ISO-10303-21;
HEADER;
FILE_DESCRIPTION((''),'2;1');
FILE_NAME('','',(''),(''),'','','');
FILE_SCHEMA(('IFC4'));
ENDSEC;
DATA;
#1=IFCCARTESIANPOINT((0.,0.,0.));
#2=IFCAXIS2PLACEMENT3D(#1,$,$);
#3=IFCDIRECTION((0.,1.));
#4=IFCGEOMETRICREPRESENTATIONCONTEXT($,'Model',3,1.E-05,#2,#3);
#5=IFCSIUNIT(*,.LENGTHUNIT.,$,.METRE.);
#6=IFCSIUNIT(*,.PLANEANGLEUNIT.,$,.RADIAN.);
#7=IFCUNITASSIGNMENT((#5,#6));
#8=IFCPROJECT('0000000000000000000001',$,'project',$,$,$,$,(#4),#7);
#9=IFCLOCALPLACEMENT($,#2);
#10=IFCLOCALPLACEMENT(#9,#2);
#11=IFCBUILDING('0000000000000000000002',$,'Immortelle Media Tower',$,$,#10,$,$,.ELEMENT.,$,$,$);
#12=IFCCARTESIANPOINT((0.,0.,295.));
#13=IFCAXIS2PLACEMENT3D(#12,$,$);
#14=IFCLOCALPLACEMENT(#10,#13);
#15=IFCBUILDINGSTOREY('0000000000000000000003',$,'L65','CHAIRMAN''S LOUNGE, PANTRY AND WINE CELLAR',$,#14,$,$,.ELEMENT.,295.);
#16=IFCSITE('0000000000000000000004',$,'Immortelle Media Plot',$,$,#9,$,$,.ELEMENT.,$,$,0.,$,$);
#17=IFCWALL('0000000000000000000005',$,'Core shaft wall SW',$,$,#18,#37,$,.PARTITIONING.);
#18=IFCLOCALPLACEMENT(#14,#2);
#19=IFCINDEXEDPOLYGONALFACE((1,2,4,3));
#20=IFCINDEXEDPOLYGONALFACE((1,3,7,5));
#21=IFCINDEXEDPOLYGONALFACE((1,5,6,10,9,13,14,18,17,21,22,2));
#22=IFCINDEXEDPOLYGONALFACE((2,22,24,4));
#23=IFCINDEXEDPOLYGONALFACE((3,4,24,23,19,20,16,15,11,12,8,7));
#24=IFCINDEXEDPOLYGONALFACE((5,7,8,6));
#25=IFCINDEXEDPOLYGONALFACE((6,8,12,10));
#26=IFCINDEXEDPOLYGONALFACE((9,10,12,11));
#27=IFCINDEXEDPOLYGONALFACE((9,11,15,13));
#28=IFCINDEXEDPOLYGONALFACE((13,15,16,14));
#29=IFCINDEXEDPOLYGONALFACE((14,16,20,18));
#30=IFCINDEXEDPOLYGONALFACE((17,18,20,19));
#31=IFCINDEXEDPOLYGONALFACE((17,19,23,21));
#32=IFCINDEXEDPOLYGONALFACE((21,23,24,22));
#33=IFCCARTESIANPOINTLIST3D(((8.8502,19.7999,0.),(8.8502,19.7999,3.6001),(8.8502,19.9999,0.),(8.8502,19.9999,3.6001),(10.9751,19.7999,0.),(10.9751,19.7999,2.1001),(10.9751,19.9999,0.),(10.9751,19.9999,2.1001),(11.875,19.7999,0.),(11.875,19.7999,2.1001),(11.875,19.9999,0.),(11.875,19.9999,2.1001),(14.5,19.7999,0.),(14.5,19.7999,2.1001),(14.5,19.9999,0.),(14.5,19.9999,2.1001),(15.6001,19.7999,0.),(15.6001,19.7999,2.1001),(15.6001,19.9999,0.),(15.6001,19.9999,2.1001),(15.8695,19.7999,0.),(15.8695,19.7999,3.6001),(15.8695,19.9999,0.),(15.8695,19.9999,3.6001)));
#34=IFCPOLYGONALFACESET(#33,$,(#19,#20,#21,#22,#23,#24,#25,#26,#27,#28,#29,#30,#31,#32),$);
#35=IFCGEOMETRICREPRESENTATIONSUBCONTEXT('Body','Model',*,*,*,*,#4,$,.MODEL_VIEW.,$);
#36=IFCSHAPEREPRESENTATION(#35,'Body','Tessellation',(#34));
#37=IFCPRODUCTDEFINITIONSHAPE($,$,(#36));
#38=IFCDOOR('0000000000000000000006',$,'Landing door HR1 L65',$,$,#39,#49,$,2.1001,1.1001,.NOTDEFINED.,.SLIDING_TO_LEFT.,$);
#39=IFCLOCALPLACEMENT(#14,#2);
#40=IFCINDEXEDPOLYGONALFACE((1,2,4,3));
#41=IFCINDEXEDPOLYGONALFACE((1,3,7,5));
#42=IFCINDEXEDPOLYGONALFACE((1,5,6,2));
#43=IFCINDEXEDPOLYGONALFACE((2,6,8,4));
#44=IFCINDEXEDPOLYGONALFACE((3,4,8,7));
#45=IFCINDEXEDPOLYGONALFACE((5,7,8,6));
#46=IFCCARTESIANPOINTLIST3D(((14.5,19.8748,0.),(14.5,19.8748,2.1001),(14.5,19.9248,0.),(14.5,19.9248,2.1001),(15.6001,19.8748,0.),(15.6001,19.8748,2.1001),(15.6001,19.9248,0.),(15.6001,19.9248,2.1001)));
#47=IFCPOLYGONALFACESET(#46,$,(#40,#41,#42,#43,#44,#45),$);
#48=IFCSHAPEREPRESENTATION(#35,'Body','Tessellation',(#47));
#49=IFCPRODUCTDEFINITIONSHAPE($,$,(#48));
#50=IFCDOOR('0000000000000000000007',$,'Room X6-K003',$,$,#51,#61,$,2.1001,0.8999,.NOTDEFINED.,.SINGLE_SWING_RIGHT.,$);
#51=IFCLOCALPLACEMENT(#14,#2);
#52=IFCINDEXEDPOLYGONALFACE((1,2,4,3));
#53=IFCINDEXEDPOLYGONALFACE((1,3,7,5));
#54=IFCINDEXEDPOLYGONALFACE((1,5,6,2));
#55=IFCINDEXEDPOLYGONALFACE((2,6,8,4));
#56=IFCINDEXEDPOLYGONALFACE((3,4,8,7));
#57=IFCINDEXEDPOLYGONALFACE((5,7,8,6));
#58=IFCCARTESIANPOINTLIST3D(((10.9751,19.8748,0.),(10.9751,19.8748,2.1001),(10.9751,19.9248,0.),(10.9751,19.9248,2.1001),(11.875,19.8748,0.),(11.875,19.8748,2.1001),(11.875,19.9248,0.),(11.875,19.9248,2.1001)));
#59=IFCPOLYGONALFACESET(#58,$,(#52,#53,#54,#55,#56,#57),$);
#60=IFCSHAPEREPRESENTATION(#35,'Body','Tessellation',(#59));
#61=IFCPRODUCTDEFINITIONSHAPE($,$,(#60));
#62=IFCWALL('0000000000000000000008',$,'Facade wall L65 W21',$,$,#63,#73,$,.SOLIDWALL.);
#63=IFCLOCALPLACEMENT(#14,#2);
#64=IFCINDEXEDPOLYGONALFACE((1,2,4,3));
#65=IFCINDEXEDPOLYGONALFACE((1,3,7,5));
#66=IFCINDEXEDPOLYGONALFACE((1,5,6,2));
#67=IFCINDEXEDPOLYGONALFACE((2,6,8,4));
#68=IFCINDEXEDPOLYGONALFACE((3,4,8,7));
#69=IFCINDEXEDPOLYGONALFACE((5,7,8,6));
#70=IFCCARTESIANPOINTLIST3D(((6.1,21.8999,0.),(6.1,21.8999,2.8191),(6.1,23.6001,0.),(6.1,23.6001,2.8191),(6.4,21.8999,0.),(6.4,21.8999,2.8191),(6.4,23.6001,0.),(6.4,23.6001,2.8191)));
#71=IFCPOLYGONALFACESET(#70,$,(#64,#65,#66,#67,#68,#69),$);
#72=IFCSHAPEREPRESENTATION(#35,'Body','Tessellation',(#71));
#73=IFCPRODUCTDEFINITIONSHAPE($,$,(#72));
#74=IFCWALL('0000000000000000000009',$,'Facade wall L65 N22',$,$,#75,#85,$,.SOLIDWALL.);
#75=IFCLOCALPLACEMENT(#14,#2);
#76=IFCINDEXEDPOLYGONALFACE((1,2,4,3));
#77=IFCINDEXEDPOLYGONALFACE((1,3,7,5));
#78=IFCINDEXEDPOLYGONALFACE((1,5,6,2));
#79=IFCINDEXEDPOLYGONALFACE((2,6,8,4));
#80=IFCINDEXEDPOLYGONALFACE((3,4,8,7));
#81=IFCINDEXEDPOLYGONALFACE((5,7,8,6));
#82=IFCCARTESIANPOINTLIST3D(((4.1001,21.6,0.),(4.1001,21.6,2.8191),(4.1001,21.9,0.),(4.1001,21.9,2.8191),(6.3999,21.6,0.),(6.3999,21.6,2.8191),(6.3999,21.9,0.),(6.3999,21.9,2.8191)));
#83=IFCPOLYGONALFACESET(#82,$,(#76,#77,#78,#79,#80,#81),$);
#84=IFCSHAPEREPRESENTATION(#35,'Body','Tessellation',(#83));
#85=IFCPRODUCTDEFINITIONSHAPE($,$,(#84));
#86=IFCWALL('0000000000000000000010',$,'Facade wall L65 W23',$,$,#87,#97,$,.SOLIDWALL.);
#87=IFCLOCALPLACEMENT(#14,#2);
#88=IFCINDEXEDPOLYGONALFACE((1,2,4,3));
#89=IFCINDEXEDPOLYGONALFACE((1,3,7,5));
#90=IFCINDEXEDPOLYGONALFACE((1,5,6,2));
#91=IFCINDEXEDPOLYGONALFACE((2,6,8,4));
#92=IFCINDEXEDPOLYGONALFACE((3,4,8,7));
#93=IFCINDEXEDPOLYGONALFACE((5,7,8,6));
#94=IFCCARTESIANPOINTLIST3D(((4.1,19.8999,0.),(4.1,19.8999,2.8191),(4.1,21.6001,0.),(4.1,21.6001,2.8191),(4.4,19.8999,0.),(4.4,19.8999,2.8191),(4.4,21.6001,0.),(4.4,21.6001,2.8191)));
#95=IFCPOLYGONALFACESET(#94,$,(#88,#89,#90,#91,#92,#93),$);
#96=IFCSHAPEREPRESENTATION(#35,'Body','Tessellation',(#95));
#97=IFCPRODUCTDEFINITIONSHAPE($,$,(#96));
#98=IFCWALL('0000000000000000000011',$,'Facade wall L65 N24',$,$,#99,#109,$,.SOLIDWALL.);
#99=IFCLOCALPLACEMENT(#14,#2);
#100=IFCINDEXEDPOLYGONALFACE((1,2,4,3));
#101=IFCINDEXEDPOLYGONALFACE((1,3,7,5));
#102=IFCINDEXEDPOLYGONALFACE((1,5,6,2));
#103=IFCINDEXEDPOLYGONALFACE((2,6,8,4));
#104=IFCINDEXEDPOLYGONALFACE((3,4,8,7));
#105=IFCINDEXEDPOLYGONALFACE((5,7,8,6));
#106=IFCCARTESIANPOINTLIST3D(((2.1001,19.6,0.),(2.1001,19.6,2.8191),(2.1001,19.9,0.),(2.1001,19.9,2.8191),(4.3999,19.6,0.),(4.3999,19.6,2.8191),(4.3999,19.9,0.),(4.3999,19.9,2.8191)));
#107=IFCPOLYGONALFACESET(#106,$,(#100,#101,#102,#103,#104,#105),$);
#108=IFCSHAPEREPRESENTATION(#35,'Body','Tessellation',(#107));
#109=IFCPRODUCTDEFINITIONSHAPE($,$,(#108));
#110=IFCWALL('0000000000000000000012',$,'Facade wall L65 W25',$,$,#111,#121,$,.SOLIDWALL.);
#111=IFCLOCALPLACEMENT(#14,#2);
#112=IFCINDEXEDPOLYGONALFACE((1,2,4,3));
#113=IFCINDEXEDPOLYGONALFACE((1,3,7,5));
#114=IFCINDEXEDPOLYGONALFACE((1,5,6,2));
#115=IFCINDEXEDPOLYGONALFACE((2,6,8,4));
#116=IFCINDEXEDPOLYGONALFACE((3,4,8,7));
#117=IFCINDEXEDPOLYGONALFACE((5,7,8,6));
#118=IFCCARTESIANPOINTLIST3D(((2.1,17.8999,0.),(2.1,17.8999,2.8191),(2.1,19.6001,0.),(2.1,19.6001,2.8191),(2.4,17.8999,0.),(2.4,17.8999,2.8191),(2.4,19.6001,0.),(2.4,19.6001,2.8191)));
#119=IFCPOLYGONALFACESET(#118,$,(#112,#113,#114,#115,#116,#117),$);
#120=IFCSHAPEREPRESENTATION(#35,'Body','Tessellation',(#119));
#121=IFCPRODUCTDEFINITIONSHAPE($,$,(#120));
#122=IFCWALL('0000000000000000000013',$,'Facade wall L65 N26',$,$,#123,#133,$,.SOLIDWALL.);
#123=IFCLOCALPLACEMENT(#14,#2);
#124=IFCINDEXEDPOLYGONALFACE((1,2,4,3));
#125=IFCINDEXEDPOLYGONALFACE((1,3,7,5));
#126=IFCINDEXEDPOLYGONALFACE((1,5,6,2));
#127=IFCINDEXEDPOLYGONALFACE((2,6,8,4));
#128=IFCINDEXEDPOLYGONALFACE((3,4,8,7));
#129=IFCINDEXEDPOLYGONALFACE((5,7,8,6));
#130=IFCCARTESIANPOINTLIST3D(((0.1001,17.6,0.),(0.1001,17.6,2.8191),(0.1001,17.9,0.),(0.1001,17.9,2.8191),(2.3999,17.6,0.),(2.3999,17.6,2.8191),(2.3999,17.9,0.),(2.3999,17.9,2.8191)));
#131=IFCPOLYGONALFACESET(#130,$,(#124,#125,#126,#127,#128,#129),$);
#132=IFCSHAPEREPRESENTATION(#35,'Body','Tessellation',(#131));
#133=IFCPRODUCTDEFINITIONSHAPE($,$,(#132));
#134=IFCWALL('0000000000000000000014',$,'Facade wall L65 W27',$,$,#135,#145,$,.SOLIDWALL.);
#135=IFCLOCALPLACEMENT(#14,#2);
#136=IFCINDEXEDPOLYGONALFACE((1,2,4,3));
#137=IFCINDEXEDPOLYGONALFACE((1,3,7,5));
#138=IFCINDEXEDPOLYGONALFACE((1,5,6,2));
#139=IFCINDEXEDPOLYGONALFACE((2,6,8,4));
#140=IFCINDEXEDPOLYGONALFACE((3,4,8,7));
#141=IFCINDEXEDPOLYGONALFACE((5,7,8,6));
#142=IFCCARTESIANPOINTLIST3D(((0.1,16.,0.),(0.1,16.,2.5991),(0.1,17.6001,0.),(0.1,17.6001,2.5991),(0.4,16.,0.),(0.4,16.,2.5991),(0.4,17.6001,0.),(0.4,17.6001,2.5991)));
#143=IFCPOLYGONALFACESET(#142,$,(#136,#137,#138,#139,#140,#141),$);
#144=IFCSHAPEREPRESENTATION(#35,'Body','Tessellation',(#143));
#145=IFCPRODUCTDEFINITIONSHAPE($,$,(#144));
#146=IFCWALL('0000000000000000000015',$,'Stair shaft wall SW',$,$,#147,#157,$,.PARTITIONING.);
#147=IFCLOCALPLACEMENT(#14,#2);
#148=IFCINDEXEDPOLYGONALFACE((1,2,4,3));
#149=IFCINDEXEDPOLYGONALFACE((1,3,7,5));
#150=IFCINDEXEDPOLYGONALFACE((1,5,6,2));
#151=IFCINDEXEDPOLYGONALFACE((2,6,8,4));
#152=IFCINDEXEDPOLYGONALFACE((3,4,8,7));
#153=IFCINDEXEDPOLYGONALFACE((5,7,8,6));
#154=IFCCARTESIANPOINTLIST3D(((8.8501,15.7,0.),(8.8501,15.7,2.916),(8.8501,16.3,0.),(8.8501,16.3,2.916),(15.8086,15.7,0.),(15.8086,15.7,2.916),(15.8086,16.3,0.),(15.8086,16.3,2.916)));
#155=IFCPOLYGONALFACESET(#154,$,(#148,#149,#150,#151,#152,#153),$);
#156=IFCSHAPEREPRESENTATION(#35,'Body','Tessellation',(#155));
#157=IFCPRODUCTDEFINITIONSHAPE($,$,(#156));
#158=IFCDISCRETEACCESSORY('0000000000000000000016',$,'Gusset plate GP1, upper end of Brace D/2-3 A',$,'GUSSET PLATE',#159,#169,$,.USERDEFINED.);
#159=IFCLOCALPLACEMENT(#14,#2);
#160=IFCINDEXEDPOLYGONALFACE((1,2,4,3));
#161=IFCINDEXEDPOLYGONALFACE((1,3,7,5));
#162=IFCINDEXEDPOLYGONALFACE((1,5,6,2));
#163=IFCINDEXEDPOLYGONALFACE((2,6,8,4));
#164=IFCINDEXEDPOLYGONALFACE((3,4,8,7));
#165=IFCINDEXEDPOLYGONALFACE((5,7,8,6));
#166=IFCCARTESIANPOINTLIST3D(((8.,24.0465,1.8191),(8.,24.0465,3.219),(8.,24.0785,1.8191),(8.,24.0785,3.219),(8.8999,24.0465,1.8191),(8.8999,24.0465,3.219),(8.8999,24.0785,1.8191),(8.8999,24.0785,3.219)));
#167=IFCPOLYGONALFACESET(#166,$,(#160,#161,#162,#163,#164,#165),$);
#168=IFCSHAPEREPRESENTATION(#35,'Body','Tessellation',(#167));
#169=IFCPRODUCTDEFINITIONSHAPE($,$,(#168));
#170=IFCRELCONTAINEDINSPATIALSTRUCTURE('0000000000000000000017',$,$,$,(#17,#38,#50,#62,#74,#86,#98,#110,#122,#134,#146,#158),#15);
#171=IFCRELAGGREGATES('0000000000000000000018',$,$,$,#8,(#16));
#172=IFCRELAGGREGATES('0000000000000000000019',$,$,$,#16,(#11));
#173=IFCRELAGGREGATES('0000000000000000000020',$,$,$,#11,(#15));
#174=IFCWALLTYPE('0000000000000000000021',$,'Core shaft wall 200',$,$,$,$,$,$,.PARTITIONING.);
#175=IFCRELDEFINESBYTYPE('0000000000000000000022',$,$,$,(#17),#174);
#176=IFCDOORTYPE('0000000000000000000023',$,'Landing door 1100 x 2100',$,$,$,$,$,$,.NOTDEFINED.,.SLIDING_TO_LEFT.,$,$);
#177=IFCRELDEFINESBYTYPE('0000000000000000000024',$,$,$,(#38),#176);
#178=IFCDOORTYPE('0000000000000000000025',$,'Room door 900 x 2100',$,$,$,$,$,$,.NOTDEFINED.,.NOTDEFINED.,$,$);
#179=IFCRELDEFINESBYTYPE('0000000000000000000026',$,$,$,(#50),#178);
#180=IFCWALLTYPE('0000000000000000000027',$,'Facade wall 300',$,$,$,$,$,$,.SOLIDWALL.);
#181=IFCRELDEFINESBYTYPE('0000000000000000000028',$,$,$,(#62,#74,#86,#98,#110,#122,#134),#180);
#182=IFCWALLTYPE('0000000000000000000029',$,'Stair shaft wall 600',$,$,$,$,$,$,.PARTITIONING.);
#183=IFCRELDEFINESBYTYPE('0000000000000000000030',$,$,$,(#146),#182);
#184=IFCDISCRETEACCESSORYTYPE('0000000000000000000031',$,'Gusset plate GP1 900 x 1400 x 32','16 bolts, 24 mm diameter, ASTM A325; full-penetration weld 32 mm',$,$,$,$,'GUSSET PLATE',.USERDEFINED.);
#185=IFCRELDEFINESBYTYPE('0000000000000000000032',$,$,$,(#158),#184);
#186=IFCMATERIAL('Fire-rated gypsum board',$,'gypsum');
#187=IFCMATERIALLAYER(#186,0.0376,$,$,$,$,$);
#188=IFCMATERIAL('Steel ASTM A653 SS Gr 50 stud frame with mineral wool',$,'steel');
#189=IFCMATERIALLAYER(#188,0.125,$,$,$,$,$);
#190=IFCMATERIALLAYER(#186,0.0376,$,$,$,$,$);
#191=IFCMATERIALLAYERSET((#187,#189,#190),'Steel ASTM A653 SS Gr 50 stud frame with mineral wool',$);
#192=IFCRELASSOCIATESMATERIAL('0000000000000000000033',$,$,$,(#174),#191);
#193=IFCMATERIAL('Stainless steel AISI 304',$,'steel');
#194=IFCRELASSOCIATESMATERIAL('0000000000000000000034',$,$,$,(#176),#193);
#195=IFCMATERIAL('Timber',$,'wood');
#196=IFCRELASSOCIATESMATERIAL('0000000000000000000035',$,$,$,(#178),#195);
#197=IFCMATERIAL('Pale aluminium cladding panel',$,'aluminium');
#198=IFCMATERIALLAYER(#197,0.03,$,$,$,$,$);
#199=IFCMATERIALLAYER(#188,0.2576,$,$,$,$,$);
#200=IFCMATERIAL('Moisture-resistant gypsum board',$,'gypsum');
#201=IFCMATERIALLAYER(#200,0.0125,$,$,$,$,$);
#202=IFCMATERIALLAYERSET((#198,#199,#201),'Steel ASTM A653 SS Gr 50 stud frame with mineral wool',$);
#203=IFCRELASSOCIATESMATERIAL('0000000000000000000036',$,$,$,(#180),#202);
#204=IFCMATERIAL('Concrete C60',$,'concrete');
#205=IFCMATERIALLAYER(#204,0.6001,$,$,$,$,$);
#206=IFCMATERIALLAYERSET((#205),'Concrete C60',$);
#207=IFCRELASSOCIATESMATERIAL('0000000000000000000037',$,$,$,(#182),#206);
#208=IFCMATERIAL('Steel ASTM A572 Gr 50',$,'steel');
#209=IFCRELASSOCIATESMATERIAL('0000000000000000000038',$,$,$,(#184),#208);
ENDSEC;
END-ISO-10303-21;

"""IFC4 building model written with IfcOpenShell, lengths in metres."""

from ifc_helpers import new_model, si_unit, direction, frame, frame_2d, origin, origin_2d, place, context, subcontext, project, spatial, rectangle, extrude, material, layer, layer_set, material_profile, profile_set, type_object, element, fill, save


model = new_model("IFC4")

# Units and contexts
model_context = context("Model", 3, precision=1e-05, world=origin(), true_north=direction((0.0, 1.0)))
body_context = subcontext(model_context, "Body", "Model", "MODEL_VIEW")
ifc_project = project(units=[si_unit("LENGTHUNIT", "METRE"), si_unit("PLANEANGLEUNIT", "RADIAN")], contexts=[model_context])

# Site, building, storey
site_placement = place(None, origin())
site = spatial("IfcSite", under=ifc_project, at=site_placement, Name="Immortelle Media Plot", CompositionType="ELEMENT", RefElevation=0.0)
building_placement = place(site_placement, origin())
building = spatial("IfcBuilding", under=site, at=building_placement, Name="Immortelle Media Tower", CompositionType="ELEMENT")
storey_placement = place(building_placement, frame((0.0, 0.0, 295.0)))
storey = spatial("IfcBuildingStorey", under=building, at=storey_placement, Name="L65", Description="CHAIRMAN'S LOUNGE, PANTRY AND WINE CELLAR", CompositionType="ELEMENT", Elevation=295.0)

# Shared definitions
ifc_material_1 = material(Name="Fire-rated gypsum board", Category="gypsum")
ifc_layer_1 = layer(ifc_material_1, 0.0376)
ifc_material_2 = material(Name="Steel ASTM A653 SS Gr 50 stud frame with mineral wool", Category="steel")
ifc_layer_2 = layer(ifc_material_2, 0.125)
ifc_layer_3 = layer(ifc_material_1, 0.0376)
ifc_layer_set_1 = layer_set([ifc_layer_1, ifc_layer_2, ifc_layer_3], Name="Steel ASTM A653 SS Gr 50 stud frame with mineral wool")
wall_type_1 = type_object("IfcWallType", Name="Core shaft wall 200", PredefinedType="PARTITIONING", material=ifc_layer_set_1)

# Wall, openings, doors
wall_1_placement = place(storey_placement, frame((8.8501, 19.8999, 0.0), z_axis=(0.0, 0.0, 1.0), x_axis=(1.0, 0.0, 0.0)))
wall_1 = element("IfcWall", 1, at=wall_1_placement, inside=storey, type_object=wall_type_1, Name="Core shaft wall SW", PredefinedType="PARTITIONING", context=body_context, shape_type="SweptSolid", body=[
    extrude(rectangle(XDim=7.0193, YDim=0.2, at=frame_2d((3.5098, 0.0))), origin(), (0.0, 0.0, 1.0), 3.6001),
])
opening_1_placement = place(wall_1_placement, frame((2.125, 0.0, 0.0)))
opening_1 = element("IfcOpeningElement", 2, at=opening_1_placement, cuts=wall_1, PredefinedType="OPENING", context=body_context, shape_type="SweptSolid", body=[
    extrude(rectangle(XDim=0.8999, YDim=2.1001, at=frame_2d((0.45, 1.05))), frame((0.0, 0.1099, 0.0), z_axis=(0.0, -1.0, 0.0), x_axis=(1.0, 0.0, 0.0)), (0.0, 0.0, 1.0), 0.22),
])
opening_2_placement = place(wall_1_placement, frame((5.6499, 0.0, 0.0)))
opening_2 = element("IfcOpeningElement", 3, at=opening_2_placement, cuts=wall_1, PredefinedType="OPENING", context=body_context, shape_type="SweptSolid", body=[
    extrude(rectangle(XDim=1.1001, YDim=2.1001, at=frame_2d((0.55, 1.05))), frame((0.0, 0.1099, 0.0), z_axis=(0.0, -1.0, 0.0), x_axis=(1.0, 0.0, 0.0)), (0.0, 0.0, 1.0), 0.22),
])
ifc_material_3 = material(Name="Stainless steel AISI 304", Category="steel")
door_type_1 = type_object("IfcDoorType", Name="Landing door 1100 x 2100", OperationType="SLIDING_TO_LEFT", PredefinedType="NOTDEFINED", material=ifc_material_3)
door_1_placement = place(opening_2_placement, origin())
door_1 = element("IfcDoor", 4, at=door_1_placement, inside=storey, type_object=door_type_1, Name="Landing door HR1 L65", OperationType="SLIDING_TO_LEFT", OverallHeight=2.1001, OverallWidth=1.1001, PredefinedType="NOTDEFINED", context=body_context, shape_type="SweptSolid", body=[
    extrude(rectangle(XDim=1.1001, YDim=2.1001, at=frame_2d((0.55, 1.05))), frame((0.0, 0.0249, 0.0), z_axis=(0.0, -1.0, 0.0), x_axis=(1.0, 0.0, 0.0)), (0.0, 0.0, 1.0), 0.05),
])
fill(opening_2, door_1)
ifc_material_4 = material(Name="Timber", Category="wood")
door_type_2 = type_object("IfcDoorType", Name="Room door 900 x 2100", OperationType="NOTDEFINED", PredefinedType="NOTDEFINED", material=ifc_material_4)
door_2_placement = place(opening_1_placement, origin())
door_2 = element("IfcDoor", 5, at=door_2_placement, inside=storey, type_object=door_type_2, Name="Room X6-K003", OperationType="SINGLE_SWING_RIGHT", OverallHeight=2.1001, OverallWidth=0.8999, PredefinedType="NOTDEFINED", context=body_context, shape_type="SweptSolid", body=[
    extrude(rectangle(XDim=0.8999, YDim=2.1001, at=frame_2d((0.45, 1.05))), frame((0.0, 0.0249, 0.0), z_axis=(0.0, -1.0, 0.0), x_axis=(1.0, 0.0, 0.0)), (0.0, 0.0, 1.0), 0.05),
])
fill(opening_1, door_2)

# Walls
ifc_material_5 = material(Name="Pale aluminium cladding panel", Category="aluminium")
ifc_layer_4 = layer(ifc_material_5, 0.03)
ifc_layer_5 = layer(ifc_material_2, 0.2576)
ifc_material_6 = material(Name="Moisture-resistant gypsum board", Category="gypsum")
ifc_layer_6 = layer(ifc_material_6, 0.0125)
ifc_layer_set_2 = layer_set([ifc_layer_4, ifc_layer_5, ifc_layer_6], Name="Steel ASTM A653 SS Gr 50 stud frame with mineral wool")
wall_type_2 = type_object("IfcWallType", Name="Facade wall 300", PredefinedType="SOLIDWALL", material=ifc_layer_set_2)
wall_2_placement = place(storey_placement, frame((6.25, 23.6001, 0.0), z_axis=(0.0, 0.0, 1.0), x_axis=(0.0, -1.0, 0.0)))
element("IfcWall", 6, at=wall_2_placement, inside=storey, type_object=wall_type_2, Name="Facade wall L65 W21", PredefinedType="SOLIDWALL", context=body_context, shape_type="SweptSolid", body=[
    extrude(rectangle(XDim=1.7002, YDim=0.3, at=frame_2d((0.8501, 0.0))), origin(), (0.0, 0.0, 1.0), 2.8191),
])
wall_3_placement = place(storey_placement, frame((6.3999, 21.75, 0.0), z_axis=(0.0, 0.0, 1.0), x_axis=(-1.0, 0.0, 0.0)))
element("IfcWall", 7, at=wall_3_placement, inside=storey, type_object=wall_type_2, Name="Facade wall L65 N22", PredefinedType="SOLIDWALL", context=body_context, shape_type="SweptSolid", body=[
    extrude(rectangle(XDim=2.2998, YDim=0.3, at=frame_2d((1.1499, 0.0))), origin(), (0.0, 0.0, 1.0), 2.8191),
])
wall_4_placement = place(storey_placement, frame((4.25, 21.6001, 0.0), z_axis=(0.0, 0.0, 1.0), x_axis=(0.0, -1.0, 0.0)))
element("IfcWall", 8, at=wall_4_placement, inside=storey, type_object=wall_type_2, Name="Facade wall L65 W23", PredefinedType="SOLIDWALL", context=body_context, shape_type="SweptSolid", body=[
    extrude(rectangle(XDim=1.7002, YDim=0.3, at=frame_2d((0.8501, 0.0))), origin(), (0.0, 0.0, 1.0), 2.8191),
])
wall_5_placement = place(storey_placement, frame((4.3999, 19.75, 0.0), z_axis=(0.0, 0.0, 1.0), x_axis=(-1.0, 0.0, 0.0)))
element("IfcWall", 9, at=wall_5_placement, inside=storey, type_object=wall_type_2, Name="Facade wall L65 N24", PredefinedType="SOLIDWALL", context=body_context, shape_type="SweptSolid", body=[
    extrude(rectangle(XDim=2.2998, YDim=0.3, at=frame_2d((1.1499, 0.0))), origin(), (0.0, 0.0, 1.0), 2.8191),
])
wall_6_placement = place(storey_placement, frame((2.25, 19.6001, 0.0), z_axis=(0.0, 0.0, 1.0), x_axis=(0.0, -1.0, 0.0)))
element("IfcWall", 10, at=wall_6_placement, inside=storey, type_object=wall_type_2, Name="Facade wall L65 W25", PredefinedType="SOLIDWALL", context=body_context, shape_type="SweptSolid", body=[
    extrude(rectangle(XDim=1.7002, YDim=0.3, at=frame_2d((0.8501, 0.0))), origin(), (0.0, 0.0, 1.0), 2.8191),
])
wall_7_placement = place(storey_placement, frame((2.3999, 17.75, 0.0), z_axis=(0.0, 0.0, 1.0), x_axis=(-1.0, 0.0, 0.0)))
element("IfcWall", 11, at=wall_7_placement, inside=storey, type_object=wall_type_2, Name="Facade wall L65 N26", PredefinedType="SOLIDWALL", context=body_context, shape_type="SweptSolid", body=[
    extrude(rectangle(XDim=2.2998, YDim=0.3, at=frame_2d((1.1499, 0.0))), origin(), (0.0, 0.0, 1.0), 2.8191),
])
wall_8_placement = place(storey_placement, frame((0.25, 17.6001, 0.0), z_axis=(0.0, 0.0, 1.0), x_axis=(0.0, -1.0, 0.0)))
element("IfcWall", 12, at=wall_8_placement, inside=storey, type_object=wall_type_2, Name="Facade wall L65 W27", PredefinedType="SOLIDWALL", context=body_context, shape_type="SweptSolid", body=[
    extrude(rectangle(XDim=1.6001, YDim=0.3, at=frame_2d((0.8, 0.0))), origin(), (0.0, 0.0, 1.0), 2.5991),
])
ifc_material_7 = material(Name="Concrete C60", Category="concrete")
ifc_layer_7 = layer(ifc_material_7, 0.6001)
ifc_layer_set_3 = layer_set([ifc_layer_7], Name="Concrete C60")
wall_type_3 = type_object("IfcWallType", Name="Stair shaft wall 600", PredefinedType="PARTITIONING", material=ifc_layer_set_3)
wall_9_placement = place(storey_placement, frame((8.8501, 16.0, 0.0), z_axis=(0.0, 0.0, 1.0), x_axis=(1.0, 0.0, 0.0)))
element("IfcWall", 13, at=wall_9_placement, inside=storey, type_object=wall_type_3, Name="Stair shaft wall SW", PredefinedType="PARTITIONING", context=body_context, shape_type="SweptSolid", body=[
    extrude(rectangle(XDim=6.9585, YDim=0.6001, at=frame_2d((3.4792, 0.0))), origin(), (0.0, 0.0, 1.0), 2.916),
])

# Discrete accessory
ifc_material_8 = material(Name="Steel ASTM A572 Gr 50", Category="steel")
ifc_material_profile_1 = material_profile(ifc_material_8, rectangle(XDim=0.032, YDim=1.3999, at=origin_2d()), Name="PL 32 x 1400")
ifc_profile_set_1 = profile_set([ifc_material_profile_1], Name="Steel ASTM A572 Gr 50")
discrete_accessory_type = type_object("IfcDiscreteAccessoryType", Name="Gusset plate GP1 900 x 1400 x 32", Description="16 bolts, 24 mm diameter, ASTM A325; full-penetration weld 32 mm", ElementType="GUSSET PLATE", PredefinedType="USERDEFINED", material=ifc_profile_set_1)
for number, where, z_axis, x_axis, name in (
    (14, (8.0, 24.0625, 2.519), (1.0, 0.0, 0.0), (0.0, 1.0, 0.0), "Gusset plate GP1, upper end of Brace D/2-3 A"),
):
    element("IfcDiscreteAccessory", number, at=place(storey_placement, frame(where, z_axis=z_axis, x_axis=x_axis)), inside=storey, type_object=discrete_accessory_type, Name=name, ObjectType="GUSSET PLATE", PredefinedType="USERDEFINED", context=body_context, shape_type="SweptSolid", body=[
        extrude(rectangle(XDim=0.032, YDim=1.3999, at=origin_2d()), origin(), (0.0, 0.0, 1.0), 0.8999),
    ])

save(model, "model.ifc")
